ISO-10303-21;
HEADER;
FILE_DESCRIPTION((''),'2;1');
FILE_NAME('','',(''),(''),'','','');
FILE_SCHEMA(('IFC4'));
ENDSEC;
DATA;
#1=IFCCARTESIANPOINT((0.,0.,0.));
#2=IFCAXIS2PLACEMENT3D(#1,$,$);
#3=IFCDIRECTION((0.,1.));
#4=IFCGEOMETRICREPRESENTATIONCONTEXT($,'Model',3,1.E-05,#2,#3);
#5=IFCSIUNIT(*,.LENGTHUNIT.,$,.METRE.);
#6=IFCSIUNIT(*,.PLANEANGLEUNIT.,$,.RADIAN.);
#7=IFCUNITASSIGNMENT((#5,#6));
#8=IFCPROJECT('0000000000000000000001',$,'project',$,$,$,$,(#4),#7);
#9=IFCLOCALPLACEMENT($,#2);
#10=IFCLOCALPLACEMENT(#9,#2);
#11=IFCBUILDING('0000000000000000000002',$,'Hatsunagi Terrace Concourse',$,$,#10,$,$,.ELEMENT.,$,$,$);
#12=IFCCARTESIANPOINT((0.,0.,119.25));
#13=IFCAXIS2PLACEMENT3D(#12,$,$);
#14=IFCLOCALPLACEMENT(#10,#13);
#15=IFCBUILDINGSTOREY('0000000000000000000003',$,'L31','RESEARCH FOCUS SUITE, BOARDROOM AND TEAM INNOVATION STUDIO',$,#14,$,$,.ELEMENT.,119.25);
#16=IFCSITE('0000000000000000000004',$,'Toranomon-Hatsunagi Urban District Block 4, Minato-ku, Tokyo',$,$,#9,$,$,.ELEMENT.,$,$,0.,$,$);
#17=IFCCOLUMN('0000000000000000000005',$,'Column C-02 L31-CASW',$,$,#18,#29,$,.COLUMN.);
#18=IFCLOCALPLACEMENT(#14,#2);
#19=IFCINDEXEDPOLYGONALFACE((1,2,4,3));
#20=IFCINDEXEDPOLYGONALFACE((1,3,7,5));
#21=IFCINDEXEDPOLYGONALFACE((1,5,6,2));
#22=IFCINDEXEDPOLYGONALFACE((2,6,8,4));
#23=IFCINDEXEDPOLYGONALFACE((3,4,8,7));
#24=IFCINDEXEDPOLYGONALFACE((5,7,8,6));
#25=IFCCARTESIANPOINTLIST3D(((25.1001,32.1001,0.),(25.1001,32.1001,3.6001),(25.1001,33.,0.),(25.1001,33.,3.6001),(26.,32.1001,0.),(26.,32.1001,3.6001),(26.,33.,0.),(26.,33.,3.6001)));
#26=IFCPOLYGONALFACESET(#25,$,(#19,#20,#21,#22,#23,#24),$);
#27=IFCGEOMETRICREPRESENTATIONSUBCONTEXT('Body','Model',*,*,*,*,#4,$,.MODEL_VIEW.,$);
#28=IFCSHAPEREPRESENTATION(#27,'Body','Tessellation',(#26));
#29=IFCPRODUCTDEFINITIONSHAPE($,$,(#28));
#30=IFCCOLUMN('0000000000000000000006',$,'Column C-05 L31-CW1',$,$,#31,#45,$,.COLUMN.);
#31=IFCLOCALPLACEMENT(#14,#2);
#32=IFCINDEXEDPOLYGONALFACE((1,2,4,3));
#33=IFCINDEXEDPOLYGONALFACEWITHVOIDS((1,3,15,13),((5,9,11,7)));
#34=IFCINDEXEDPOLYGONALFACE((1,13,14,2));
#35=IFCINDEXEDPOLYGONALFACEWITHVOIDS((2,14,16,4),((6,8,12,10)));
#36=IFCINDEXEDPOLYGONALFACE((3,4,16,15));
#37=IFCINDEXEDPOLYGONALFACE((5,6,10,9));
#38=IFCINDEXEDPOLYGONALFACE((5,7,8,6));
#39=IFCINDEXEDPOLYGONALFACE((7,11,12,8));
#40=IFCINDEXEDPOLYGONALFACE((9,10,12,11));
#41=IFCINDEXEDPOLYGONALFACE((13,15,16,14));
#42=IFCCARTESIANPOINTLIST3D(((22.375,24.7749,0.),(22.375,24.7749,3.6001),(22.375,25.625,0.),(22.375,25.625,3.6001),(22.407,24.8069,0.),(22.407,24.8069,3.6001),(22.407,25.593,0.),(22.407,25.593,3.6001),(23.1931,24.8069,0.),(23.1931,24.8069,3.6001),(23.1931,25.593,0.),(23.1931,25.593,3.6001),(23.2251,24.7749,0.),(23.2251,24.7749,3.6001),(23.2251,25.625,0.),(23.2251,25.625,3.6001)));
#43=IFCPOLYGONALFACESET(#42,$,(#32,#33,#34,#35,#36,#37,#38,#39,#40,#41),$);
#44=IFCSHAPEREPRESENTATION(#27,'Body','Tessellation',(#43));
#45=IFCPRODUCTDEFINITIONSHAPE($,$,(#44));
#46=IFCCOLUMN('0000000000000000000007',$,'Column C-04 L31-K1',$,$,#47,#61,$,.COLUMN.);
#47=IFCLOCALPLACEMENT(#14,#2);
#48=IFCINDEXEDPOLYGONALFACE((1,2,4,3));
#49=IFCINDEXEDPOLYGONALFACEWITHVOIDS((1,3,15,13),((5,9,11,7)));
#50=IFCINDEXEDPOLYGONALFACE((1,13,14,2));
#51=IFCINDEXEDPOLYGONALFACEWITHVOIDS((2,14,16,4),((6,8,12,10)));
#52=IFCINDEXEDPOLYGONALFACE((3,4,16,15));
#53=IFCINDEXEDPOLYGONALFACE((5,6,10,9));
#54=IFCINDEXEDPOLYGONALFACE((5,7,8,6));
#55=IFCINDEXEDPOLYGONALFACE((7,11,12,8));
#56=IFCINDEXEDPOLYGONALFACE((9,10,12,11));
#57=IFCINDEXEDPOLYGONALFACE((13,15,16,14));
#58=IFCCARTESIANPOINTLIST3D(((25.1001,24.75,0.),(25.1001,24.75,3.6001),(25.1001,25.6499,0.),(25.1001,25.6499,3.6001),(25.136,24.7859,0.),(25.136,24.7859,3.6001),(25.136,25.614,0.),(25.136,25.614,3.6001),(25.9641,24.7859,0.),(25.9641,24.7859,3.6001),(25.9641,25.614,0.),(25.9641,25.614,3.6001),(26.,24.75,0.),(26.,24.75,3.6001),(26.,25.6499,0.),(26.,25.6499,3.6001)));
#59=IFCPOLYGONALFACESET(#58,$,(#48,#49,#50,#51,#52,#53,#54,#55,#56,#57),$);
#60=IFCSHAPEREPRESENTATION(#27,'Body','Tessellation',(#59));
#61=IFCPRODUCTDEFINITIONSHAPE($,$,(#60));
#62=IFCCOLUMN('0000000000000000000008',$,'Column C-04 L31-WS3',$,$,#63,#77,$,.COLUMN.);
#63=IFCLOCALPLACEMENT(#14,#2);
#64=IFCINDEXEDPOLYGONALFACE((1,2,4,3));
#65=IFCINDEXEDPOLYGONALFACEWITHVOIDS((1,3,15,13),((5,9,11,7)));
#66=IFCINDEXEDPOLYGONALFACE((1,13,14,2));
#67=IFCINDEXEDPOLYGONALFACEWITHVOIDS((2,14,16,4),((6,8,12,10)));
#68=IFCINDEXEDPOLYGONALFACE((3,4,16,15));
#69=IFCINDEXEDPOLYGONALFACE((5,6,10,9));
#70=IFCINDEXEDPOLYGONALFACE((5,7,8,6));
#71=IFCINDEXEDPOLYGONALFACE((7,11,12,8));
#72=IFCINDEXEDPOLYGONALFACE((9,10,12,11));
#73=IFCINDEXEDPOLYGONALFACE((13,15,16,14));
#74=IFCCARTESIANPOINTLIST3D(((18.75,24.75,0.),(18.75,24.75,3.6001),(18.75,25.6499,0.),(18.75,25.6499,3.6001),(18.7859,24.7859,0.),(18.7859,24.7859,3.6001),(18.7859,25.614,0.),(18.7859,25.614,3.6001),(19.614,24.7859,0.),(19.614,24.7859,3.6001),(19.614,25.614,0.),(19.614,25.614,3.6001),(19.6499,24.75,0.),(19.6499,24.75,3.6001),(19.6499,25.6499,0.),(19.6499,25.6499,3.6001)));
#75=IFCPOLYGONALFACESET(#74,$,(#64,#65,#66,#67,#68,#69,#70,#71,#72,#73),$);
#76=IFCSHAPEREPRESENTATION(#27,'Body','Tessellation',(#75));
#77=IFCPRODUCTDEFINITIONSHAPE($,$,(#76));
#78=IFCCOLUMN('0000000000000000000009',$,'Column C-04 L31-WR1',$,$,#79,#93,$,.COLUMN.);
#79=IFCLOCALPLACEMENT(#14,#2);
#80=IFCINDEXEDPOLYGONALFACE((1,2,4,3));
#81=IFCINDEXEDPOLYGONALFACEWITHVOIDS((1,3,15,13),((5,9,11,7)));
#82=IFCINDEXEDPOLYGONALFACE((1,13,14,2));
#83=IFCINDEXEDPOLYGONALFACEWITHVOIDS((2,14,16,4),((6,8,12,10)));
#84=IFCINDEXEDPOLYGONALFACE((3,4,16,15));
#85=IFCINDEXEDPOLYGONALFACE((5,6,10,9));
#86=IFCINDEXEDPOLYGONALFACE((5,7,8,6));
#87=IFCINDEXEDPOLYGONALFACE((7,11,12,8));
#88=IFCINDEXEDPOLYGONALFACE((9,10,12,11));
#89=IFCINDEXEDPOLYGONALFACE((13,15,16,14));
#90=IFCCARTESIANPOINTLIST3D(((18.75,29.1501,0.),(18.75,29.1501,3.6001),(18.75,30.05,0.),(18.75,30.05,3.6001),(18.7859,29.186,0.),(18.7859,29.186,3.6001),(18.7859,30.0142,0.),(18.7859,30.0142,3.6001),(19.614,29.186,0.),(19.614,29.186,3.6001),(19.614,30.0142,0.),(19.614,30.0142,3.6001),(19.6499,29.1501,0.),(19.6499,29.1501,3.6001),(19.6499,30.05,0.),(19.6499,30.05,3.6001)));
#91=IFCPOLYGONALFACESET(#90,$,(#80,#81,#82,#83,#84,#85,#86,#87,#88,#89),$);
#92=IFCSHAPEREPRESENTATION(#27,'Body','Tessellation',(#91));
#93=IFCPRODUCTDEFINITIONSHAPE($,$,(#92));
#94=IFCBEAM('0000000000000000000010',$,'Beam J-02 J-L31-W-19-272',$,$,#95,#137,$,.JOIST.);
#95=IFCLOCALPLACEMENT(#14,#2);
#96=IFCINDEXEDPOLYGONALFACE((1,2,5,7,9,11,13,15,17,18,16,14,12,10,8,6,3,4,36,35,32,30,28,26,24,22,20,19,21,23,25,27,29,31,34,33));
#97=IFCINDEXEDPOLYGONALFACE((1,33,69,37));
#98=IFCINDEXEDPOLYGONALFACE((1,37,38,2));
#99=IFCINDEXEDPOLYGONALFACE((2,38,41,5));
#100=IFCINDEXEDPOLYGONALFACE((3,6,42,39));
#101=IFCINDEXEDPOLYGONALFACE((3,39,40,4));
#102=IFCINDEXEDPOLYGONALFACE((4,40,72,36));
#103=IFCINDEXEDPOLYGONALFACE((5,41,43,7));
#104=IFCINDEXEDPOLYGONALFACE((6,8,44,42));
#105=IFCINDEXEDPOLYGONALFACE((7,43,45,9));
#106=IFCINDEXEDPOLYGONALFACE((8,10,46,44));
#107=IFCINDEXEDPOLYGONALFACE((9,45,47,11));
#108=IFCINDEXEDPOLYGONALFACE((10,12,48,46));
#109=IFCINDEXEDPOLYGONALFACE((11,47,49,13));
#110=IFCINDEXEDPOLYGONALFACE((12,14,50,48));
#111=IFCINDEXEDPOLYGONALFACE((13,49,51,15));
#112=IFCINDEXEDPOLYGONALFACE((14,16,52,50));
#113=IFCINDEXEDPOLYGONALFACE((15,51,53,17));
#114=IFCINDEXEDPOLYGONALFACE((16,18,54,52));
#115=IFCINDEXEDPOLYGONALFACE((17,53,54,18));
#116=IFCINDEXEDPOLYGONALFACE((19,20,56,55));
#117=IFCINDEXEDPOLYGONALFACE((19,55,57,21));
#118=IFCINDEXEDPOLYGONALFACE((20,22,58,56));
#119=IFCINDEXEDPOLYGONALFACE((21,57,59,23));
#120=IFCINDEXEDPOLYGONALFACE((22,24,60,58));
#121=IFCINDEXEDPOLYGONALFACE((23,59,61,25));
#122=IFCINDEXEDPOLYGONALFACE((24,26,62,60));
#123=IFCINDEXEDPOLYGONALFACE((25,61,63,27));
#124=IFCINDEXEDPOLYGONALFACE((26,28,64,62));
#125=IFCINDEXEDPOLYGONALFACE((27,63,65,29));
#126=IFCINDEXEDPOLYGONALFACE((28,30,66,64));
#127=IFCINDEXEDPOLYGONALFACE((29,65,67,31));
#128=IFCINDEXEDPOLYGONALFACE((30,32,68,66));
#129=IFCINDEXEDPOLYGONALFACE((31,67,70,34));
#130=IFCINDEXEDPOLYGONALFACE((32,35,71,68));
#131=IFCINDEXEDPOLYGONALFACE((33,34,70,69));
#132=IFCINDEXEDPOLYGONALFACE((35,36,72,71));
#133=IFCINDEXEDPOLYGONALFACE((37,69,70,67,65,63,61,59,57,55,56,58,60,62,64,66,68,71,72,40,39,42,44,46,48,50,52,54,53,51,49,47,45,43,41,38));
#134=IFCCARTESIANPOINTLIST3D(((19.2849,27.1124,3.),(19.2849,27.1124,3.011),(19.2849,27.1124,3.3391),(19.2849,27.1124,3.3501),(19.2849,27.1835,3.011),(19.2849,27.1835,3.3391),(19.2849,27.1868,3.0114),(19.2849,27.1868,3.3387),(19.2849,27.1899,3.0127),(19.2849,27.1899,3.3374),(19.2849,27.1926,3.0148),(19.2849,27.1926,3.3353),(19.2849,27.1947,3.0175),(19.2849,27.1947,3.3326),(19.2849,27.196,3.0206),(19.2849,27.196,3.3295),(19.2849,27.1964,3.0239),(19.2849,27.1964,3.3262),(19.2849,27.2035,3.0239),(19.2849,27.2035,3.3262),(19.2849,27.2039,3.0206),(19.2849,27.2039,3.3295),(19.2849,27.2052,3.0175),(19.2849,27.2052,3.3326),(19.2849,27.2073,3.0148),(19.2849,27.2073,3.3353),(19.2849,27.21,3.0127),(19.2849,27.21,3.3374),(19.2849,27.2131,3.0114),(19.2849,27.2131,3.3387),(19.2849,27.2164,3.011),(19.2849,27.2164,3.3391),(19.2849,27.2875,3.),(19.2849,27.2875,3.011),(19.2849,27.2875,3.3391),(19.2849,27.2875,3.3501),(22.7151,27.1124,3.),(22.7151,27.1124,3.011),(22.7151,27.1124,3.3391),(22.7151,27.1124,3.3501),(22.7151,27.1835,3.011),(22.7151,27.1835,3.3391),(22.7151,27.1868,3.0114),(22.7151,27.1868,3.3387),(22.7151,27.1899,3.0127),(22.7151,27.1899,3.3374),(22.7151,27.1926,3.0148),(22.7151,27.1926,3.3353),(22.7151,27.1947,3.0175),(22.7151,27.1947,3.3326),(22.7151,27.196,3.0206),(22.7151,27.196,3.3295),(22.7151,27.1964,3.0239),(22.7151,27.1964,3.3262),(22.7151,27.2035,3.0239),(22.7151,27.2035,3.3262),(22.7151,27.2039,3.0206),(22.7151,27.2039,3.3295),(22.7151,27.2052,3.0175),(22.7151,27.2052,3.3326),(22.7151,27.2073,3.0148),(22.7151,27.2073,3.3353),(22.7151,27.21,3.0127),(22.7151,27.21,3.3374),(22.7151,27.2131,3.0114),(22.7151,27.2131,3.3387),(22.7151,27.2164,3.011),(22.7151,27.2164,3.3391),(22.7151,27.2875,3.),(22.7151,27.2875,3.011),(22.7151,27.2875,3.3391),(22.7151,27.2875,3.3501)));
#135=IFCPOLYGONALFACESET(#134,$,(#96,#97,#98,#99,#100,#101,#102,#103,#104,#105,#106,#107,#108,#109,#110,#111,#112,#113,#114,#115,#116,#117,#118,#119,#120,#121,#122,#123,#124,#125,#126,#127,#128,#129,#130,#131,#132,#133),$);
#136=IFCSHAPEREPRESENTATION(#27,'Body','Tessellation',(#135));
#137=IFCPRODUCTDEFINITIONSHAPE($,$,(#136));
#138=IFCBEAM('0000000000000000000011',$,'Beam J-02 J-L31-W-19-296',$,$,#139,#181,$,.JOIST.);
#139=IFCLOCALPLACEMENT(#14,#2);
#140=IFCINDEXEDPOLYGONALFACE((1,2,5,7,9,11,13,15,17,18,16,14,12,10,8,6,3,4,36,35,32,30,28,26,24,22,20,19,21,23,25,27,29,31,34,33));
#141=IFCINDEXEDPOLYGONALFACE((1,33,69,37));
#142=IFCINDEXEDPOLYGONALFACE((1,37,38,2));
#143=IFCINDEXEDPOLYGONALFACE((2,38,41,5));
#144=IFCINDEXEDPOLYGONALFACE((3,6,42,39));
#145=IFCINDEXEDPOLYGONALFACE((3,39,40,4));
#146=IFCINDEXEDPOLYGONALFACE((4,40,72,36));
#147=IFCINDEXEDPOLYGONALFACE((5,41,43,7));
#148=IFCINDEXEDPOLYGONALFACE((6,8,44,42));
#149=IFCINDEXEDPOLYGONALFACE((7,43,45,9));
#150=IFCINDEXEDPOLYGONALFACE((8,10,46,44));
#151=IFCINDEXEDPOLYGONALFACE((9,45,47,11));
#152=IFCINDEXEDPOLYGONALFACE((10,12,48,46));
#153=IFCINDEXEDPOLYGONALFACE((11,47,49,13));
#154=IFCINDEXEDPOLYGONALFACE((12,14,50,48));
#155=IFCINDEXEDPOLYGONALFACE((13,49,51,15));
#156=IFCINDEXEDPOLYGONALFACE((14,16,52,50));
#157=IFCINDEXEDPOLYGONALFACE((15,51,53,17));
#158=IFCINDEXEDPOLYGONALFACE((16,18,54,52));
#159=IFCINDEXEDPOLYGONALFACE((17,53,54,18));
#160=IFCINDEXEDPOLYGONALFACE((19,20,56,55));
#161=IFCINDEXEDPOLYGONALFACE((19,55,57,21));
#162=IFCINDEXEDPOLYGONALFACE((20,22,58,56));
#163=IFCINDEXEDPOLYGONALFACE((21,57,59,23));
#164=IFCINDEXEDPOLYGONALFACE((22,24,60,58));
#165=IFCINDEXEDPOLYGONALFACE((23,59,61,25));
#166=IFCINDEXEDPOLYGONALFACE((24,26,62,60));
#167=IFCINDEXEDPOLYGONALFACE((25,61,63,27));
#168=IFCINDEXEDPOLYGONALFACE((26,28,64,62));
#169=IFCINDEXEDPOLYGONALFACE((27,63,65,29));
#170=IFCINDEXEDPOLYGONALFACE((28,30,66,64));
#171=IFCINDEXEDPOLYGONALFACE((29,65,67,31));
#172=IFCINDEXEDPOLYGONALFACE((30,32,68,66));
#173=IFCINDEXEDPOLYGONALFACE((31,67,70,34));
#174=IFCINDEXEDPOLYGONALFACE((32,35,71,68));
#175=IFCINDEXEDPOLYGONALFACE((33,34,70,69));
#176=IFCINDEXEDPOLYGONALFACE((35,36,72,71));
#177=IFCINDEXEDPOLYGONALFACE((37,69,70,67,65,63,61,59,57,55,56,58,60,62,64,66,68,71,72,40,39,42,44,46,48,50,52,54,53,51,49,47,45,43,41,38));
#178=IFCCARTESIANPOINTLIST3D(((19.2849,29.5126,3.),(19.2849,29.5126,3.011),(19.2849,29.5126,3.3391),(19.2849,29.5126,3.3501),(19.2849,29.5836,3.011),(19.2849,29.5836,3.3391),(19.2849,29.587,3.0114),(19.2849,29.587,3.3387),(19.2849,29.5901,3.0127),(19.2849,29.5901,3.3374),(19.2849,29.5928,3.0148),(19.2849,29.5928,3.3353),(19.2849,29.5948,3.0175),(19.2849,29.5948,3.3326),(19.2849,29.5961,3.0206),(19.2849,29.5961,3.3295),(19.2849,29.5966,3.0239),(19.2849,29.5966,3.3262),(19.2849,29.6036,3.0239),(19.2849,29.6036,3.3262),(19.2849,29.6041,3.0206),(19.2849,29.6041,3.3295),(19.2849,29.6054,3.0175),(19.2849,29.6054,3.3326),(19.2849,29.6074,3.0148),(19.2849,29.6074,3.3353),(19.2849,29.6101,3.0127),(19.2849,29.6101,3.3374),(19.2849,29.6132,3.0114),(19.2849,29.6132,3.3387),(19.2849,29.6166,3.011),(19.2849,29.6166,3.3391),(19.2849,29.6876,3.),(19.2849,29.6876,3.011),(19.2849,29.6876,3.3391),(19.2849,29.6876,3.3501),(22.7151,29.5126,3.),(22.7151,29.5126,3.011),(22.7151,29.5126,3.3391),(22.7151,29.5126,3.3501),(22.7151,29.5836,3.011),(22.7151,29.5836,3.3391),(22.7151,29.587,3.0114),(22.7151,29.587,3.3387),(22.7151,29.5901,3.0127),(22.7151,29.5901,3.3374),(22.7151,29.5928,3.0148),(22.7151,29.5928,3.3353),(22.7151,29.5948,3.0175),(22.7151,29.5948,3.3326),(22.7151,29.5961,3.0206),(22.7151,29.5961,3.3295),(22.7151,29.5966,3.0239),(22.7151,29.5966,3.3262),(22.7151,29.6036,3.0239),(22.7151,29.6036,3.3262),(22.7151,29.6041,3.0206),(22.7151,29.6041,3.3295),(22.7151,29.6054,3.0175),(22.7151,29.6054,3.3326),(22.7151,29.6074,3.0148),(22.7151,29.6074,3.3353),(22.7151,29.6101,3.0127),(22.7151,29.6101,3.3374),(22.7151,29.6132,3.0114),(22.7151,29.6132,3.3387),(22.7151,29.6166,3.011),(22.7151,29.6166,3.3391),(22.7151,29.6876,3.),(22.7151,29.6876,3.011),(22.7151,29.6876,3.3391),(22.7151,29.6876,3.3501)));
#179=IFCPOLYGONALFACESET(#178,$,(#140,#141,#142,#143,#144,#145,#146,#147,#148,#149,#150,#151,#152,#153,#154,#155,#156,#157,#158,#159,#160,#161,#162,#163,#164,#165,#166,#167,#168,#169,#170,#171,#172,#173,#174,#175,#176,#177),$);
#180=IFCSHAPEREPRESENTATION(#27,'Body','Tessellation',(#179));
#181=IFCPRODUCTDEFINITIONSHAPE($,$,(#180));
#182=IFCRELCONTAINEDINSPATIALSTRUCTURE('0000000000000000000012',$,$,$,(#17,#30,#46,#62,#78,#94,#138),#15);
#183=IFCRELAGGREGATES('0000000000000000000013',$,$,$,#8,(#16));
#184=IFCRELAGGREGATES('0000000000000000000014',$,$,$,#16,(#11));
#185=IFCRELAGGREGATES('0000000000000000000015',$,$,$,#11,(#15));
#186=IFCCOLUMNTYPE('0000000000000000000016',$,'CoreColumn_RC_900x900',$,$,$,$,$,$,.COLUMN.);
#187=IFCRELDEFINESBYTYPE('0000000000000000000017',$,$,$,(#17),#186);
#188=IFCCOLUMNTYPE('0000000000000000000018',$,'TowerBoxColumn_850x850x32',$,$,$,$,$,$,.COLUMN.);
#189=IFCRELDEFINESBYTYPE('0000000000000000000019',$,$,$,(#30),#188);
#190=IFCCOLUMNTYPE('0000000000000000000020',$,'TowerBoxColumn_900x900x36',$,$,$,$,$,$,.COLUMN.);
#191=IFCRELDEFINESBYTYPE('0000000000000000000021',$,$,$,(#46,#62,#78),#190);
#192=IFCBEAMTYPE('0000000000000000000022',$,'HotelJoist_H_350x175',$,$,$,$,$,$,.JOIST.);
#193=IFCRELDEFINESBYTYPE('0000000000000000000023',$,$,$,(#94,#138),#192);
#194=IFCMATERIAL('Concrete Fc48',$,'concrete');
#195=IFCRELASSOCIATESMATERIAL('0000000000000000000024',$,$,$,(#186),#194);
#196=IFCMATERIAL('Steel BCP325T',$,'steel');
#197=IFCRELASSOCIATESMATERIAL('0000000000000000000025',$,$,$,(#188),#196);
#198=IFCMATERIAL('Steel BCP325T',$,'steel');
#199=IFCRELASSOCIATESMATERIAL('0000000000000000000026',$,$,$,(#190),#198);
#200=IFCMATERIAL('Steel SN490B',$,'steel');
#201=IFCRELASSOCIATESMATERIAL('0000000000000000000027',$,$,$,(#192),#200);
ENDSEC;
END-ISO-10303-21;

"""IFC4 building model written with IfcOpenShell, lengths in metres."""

from ifc_helpers import new_model, si_unit, direction, frame, origin, origin_2d, place, context, subcontext, project, spatial, rectangle, hollow_rectangle, i_section, extrude, material, material_profile, profile_set, type_object, element, save


model = new_model("IFC4")

# Units and contexts
model_context = context("Model", 3, precision=1e-05, world=origin(), true_north=direction((0.0, 1.0)))
body_context = subcontext(model_context, "Body", "Model", "MODEL_VIEW")
ifc_project = project(units=[si_unit("LENGTHUNIT", "METRE"), si_unit("PLANEANGLEUNIT", "RADIAN")], contexts=[model_context])

# Site, building, storey
site_placement = place(None, origin())
site = spatial("IfcSite", under=ifc_project, at=site_placement, Name="Toranomon-Hatsunagi Urban District Block 4, Minato-ku, Tokyo", CompositionType="ELEMENT", RefElevation=0.0)
building_placement = place(site_placement, origin())
building = spatial("IfcBuilding", under=site, at=building_placement, Name="Hatsunagi Terrace Concourse", CompositionType="ELEMENT")
storey_placement = place(building_placement, frame((0.0, 0.0, 119.25)))
storey = spatial("IfcBuildingStorey", under=building, at=storey_placement, Name="L31", Description="RESEARCH FOCUS SUITE, BOARDROOM AND TEAM INNOVATION STUDIO", CompositionType="ELEMENT", Elevation=119.25)

# Columns
ifc_material_1 = material(Name="Concrete Fc48", Category="concrete")
ifc_material_profile_1 = material_profile(ifc_material_1, rectangle(XDim=0.8999, YDim=0.8999, at=origin_2d()), Name="RC-900x900")
ifc_profile_set_1 = profile_set([ifc_material_profile_1], Name="Concrete Fc48")
column_type_1 = type_object("IfcColumnType", Name="CoreColumn_RC_900x900", PredefinedType="COLUMN", material=ifc_profile_set_1)
column_1_placement = place(storey_placement, frame((25.55, 32.55, 0.0), z_axis=(0.0, 0.0, 1.0), x_axis=(1.0, 0.0, 0.0)))
element("IfcColumn", 1, at=column_1_placement, inside=storey, type_object=column_type_1, Name="Column C-02 L31-CASW", PredefinedType="COLUMN", context=body_context, shape_type="SweptSolid", body=[
    extrude(rectangle(XDim=0.8999, YDim=0.8999, at=origin_2d()), origin(), (0.0, 0.0, 1.0), 3.6001),
])
ifc_material_2 = material(Name="Steel BCP325T", Category="steel")
ifc_material_profile_2 = material_profile(ifc_material_2, hollow_rectangle(XDim=0.8501, YDim=0.8501, WallThickness=0.032, at=origin_2d()), Name="BCP-850x850x32")
ifc_profile_set_2 = profile_set([ifc_material_profile_2], Name="Steel BCP325T")
column_type_2 = type_object("IfcColumnType", Name="TowerBoxColumn_850x850x32", PredefinedType="COLUMN", material=ifc_profile_set_2)
column_2_placement = place(storey_placement, frame((22.8, 25.2, 0.0), z_axis=(0.0, 0.0, 1.0), x_axis=(1.0, 0.0, 0.0)))
element("IfcColumn", 2, at=column_2_placement, inside=storey, type_object=column_type_2, Name="Column C-05 L31-CW1", PredefinedType="COLUMN", context=body_context, shape_type="SweptSolid", body=[
    extrude(hollow_rectangle(XDim=0.8501, YDim=0.8501, WallThickness=0.032, at=origin_2d()), origin(), (0.0, 0.0, 1.0), 3.6001),
])
ifc_material_3 = material(Name="Steel BCP325T", Category="steel")
ifc_material_profile_3 = material_profile(ifc_material_3, hollow_rectangle(XDim=0.8999, YDim=0.8999, WallThickness=0.0359, at=origin_2d()), Name="BCP-900x900x36")
ifc_profile_set_3 = profile_set([ifc_material_profile_3], Name="Steel BCP325T")
column_type_3 = type_object("IfcColumnType", Name="TowerBoxColumn_900x900x36", PredefinedType="COLUMN", material=ifc_profile_set_3)
for number, where, z_axis, x_axis, name in (
    (3, (25.55, 25.2, 0.0), (0.0, 0.0, 1.0), (1.0, 0.0, 0.0), "Column C-04 L31-K1"),
    (4, (19.2, 25.2, 0.0), (0.0, 0.0, 1.0), (1.0, 0.0, 0.0), "Column C-04 L31-WS3"),
    (5, (19.2, 29.6001, 0.0), (0.0, 0.0, 1.0), (1.0, 0.0, 0.0), "Column C-04 L31-WR1"),
):
    element("IfcColumn", number, at=place(storey_placement, frame(where, z_axis=z_axis, x_axis=x_axis)), inside=storey, type_object=column_type_3, Name=name, PredefinedType="COLUMN", context=body_context, shape_type="SweptSolid", body=[
        extrude(hollow_rectangle(XDim=0.8999, YDim=0.8999, WallThickness=0.0359, at=origin_2d()), origin(), (0.0, 0.0, 1.0), 3.6001),
    ])

# Beams
ifc_material_4 = material(Name="Steel SN490B", Category="steel")
ifc_material_profile_4 = material_profile(ifc_material_4, i_section(OverallWidth=0.175, OverallDepth=0.3501, WebThickness=0.0071, FlangeThickness=0.011, FilletRadius=0.0129, at=origin_2d()), Name="H-350x175x7x11")
ifc_profile_set_4 = profile_set([ifc_material_profile_4], Name="Steel SN490B")
beam_type_1 = type_object("IfcBeamType", Name="HotelJoist_H_350x175", PredefinedType="JOIST", material=ifc_profile_set_4)
for number, where, z_axis, x_axis, name in (
    (6, (19.2849, 27.2, 3.175), (1.0, 0.0, 0.0), (0.0, 1.0, 0.0), "Beam J-02 J-L31-W-19-272"),
    (7, (19.2849, 29.6001, 3.175), (1.0, 0.0, 0.0), (0.0, 1.0, 0.0), "Beam J-02 J-L31-W-19-296"),
):
    element("IfcBeam", number, at=place(storey_placement, frame(where, z_axis=z_axis, x_axis=x_axis)), inside=storey, type_object=beam_type_1, Name=name, PredefinedType="JOIST", context=body_context, shape_type="SweptSolid", body=[
        extrude(i_section(OverallWidth=0.175, OverallDepth=0.3501, WebThickness=0.0071, FlangeThickness=0.011, FilletRadius=0.0129, at=origin_2d()), origin(), (0.0, 0.0, 1.0), 3.4302),
    ])

save(model, "model.ifc")
